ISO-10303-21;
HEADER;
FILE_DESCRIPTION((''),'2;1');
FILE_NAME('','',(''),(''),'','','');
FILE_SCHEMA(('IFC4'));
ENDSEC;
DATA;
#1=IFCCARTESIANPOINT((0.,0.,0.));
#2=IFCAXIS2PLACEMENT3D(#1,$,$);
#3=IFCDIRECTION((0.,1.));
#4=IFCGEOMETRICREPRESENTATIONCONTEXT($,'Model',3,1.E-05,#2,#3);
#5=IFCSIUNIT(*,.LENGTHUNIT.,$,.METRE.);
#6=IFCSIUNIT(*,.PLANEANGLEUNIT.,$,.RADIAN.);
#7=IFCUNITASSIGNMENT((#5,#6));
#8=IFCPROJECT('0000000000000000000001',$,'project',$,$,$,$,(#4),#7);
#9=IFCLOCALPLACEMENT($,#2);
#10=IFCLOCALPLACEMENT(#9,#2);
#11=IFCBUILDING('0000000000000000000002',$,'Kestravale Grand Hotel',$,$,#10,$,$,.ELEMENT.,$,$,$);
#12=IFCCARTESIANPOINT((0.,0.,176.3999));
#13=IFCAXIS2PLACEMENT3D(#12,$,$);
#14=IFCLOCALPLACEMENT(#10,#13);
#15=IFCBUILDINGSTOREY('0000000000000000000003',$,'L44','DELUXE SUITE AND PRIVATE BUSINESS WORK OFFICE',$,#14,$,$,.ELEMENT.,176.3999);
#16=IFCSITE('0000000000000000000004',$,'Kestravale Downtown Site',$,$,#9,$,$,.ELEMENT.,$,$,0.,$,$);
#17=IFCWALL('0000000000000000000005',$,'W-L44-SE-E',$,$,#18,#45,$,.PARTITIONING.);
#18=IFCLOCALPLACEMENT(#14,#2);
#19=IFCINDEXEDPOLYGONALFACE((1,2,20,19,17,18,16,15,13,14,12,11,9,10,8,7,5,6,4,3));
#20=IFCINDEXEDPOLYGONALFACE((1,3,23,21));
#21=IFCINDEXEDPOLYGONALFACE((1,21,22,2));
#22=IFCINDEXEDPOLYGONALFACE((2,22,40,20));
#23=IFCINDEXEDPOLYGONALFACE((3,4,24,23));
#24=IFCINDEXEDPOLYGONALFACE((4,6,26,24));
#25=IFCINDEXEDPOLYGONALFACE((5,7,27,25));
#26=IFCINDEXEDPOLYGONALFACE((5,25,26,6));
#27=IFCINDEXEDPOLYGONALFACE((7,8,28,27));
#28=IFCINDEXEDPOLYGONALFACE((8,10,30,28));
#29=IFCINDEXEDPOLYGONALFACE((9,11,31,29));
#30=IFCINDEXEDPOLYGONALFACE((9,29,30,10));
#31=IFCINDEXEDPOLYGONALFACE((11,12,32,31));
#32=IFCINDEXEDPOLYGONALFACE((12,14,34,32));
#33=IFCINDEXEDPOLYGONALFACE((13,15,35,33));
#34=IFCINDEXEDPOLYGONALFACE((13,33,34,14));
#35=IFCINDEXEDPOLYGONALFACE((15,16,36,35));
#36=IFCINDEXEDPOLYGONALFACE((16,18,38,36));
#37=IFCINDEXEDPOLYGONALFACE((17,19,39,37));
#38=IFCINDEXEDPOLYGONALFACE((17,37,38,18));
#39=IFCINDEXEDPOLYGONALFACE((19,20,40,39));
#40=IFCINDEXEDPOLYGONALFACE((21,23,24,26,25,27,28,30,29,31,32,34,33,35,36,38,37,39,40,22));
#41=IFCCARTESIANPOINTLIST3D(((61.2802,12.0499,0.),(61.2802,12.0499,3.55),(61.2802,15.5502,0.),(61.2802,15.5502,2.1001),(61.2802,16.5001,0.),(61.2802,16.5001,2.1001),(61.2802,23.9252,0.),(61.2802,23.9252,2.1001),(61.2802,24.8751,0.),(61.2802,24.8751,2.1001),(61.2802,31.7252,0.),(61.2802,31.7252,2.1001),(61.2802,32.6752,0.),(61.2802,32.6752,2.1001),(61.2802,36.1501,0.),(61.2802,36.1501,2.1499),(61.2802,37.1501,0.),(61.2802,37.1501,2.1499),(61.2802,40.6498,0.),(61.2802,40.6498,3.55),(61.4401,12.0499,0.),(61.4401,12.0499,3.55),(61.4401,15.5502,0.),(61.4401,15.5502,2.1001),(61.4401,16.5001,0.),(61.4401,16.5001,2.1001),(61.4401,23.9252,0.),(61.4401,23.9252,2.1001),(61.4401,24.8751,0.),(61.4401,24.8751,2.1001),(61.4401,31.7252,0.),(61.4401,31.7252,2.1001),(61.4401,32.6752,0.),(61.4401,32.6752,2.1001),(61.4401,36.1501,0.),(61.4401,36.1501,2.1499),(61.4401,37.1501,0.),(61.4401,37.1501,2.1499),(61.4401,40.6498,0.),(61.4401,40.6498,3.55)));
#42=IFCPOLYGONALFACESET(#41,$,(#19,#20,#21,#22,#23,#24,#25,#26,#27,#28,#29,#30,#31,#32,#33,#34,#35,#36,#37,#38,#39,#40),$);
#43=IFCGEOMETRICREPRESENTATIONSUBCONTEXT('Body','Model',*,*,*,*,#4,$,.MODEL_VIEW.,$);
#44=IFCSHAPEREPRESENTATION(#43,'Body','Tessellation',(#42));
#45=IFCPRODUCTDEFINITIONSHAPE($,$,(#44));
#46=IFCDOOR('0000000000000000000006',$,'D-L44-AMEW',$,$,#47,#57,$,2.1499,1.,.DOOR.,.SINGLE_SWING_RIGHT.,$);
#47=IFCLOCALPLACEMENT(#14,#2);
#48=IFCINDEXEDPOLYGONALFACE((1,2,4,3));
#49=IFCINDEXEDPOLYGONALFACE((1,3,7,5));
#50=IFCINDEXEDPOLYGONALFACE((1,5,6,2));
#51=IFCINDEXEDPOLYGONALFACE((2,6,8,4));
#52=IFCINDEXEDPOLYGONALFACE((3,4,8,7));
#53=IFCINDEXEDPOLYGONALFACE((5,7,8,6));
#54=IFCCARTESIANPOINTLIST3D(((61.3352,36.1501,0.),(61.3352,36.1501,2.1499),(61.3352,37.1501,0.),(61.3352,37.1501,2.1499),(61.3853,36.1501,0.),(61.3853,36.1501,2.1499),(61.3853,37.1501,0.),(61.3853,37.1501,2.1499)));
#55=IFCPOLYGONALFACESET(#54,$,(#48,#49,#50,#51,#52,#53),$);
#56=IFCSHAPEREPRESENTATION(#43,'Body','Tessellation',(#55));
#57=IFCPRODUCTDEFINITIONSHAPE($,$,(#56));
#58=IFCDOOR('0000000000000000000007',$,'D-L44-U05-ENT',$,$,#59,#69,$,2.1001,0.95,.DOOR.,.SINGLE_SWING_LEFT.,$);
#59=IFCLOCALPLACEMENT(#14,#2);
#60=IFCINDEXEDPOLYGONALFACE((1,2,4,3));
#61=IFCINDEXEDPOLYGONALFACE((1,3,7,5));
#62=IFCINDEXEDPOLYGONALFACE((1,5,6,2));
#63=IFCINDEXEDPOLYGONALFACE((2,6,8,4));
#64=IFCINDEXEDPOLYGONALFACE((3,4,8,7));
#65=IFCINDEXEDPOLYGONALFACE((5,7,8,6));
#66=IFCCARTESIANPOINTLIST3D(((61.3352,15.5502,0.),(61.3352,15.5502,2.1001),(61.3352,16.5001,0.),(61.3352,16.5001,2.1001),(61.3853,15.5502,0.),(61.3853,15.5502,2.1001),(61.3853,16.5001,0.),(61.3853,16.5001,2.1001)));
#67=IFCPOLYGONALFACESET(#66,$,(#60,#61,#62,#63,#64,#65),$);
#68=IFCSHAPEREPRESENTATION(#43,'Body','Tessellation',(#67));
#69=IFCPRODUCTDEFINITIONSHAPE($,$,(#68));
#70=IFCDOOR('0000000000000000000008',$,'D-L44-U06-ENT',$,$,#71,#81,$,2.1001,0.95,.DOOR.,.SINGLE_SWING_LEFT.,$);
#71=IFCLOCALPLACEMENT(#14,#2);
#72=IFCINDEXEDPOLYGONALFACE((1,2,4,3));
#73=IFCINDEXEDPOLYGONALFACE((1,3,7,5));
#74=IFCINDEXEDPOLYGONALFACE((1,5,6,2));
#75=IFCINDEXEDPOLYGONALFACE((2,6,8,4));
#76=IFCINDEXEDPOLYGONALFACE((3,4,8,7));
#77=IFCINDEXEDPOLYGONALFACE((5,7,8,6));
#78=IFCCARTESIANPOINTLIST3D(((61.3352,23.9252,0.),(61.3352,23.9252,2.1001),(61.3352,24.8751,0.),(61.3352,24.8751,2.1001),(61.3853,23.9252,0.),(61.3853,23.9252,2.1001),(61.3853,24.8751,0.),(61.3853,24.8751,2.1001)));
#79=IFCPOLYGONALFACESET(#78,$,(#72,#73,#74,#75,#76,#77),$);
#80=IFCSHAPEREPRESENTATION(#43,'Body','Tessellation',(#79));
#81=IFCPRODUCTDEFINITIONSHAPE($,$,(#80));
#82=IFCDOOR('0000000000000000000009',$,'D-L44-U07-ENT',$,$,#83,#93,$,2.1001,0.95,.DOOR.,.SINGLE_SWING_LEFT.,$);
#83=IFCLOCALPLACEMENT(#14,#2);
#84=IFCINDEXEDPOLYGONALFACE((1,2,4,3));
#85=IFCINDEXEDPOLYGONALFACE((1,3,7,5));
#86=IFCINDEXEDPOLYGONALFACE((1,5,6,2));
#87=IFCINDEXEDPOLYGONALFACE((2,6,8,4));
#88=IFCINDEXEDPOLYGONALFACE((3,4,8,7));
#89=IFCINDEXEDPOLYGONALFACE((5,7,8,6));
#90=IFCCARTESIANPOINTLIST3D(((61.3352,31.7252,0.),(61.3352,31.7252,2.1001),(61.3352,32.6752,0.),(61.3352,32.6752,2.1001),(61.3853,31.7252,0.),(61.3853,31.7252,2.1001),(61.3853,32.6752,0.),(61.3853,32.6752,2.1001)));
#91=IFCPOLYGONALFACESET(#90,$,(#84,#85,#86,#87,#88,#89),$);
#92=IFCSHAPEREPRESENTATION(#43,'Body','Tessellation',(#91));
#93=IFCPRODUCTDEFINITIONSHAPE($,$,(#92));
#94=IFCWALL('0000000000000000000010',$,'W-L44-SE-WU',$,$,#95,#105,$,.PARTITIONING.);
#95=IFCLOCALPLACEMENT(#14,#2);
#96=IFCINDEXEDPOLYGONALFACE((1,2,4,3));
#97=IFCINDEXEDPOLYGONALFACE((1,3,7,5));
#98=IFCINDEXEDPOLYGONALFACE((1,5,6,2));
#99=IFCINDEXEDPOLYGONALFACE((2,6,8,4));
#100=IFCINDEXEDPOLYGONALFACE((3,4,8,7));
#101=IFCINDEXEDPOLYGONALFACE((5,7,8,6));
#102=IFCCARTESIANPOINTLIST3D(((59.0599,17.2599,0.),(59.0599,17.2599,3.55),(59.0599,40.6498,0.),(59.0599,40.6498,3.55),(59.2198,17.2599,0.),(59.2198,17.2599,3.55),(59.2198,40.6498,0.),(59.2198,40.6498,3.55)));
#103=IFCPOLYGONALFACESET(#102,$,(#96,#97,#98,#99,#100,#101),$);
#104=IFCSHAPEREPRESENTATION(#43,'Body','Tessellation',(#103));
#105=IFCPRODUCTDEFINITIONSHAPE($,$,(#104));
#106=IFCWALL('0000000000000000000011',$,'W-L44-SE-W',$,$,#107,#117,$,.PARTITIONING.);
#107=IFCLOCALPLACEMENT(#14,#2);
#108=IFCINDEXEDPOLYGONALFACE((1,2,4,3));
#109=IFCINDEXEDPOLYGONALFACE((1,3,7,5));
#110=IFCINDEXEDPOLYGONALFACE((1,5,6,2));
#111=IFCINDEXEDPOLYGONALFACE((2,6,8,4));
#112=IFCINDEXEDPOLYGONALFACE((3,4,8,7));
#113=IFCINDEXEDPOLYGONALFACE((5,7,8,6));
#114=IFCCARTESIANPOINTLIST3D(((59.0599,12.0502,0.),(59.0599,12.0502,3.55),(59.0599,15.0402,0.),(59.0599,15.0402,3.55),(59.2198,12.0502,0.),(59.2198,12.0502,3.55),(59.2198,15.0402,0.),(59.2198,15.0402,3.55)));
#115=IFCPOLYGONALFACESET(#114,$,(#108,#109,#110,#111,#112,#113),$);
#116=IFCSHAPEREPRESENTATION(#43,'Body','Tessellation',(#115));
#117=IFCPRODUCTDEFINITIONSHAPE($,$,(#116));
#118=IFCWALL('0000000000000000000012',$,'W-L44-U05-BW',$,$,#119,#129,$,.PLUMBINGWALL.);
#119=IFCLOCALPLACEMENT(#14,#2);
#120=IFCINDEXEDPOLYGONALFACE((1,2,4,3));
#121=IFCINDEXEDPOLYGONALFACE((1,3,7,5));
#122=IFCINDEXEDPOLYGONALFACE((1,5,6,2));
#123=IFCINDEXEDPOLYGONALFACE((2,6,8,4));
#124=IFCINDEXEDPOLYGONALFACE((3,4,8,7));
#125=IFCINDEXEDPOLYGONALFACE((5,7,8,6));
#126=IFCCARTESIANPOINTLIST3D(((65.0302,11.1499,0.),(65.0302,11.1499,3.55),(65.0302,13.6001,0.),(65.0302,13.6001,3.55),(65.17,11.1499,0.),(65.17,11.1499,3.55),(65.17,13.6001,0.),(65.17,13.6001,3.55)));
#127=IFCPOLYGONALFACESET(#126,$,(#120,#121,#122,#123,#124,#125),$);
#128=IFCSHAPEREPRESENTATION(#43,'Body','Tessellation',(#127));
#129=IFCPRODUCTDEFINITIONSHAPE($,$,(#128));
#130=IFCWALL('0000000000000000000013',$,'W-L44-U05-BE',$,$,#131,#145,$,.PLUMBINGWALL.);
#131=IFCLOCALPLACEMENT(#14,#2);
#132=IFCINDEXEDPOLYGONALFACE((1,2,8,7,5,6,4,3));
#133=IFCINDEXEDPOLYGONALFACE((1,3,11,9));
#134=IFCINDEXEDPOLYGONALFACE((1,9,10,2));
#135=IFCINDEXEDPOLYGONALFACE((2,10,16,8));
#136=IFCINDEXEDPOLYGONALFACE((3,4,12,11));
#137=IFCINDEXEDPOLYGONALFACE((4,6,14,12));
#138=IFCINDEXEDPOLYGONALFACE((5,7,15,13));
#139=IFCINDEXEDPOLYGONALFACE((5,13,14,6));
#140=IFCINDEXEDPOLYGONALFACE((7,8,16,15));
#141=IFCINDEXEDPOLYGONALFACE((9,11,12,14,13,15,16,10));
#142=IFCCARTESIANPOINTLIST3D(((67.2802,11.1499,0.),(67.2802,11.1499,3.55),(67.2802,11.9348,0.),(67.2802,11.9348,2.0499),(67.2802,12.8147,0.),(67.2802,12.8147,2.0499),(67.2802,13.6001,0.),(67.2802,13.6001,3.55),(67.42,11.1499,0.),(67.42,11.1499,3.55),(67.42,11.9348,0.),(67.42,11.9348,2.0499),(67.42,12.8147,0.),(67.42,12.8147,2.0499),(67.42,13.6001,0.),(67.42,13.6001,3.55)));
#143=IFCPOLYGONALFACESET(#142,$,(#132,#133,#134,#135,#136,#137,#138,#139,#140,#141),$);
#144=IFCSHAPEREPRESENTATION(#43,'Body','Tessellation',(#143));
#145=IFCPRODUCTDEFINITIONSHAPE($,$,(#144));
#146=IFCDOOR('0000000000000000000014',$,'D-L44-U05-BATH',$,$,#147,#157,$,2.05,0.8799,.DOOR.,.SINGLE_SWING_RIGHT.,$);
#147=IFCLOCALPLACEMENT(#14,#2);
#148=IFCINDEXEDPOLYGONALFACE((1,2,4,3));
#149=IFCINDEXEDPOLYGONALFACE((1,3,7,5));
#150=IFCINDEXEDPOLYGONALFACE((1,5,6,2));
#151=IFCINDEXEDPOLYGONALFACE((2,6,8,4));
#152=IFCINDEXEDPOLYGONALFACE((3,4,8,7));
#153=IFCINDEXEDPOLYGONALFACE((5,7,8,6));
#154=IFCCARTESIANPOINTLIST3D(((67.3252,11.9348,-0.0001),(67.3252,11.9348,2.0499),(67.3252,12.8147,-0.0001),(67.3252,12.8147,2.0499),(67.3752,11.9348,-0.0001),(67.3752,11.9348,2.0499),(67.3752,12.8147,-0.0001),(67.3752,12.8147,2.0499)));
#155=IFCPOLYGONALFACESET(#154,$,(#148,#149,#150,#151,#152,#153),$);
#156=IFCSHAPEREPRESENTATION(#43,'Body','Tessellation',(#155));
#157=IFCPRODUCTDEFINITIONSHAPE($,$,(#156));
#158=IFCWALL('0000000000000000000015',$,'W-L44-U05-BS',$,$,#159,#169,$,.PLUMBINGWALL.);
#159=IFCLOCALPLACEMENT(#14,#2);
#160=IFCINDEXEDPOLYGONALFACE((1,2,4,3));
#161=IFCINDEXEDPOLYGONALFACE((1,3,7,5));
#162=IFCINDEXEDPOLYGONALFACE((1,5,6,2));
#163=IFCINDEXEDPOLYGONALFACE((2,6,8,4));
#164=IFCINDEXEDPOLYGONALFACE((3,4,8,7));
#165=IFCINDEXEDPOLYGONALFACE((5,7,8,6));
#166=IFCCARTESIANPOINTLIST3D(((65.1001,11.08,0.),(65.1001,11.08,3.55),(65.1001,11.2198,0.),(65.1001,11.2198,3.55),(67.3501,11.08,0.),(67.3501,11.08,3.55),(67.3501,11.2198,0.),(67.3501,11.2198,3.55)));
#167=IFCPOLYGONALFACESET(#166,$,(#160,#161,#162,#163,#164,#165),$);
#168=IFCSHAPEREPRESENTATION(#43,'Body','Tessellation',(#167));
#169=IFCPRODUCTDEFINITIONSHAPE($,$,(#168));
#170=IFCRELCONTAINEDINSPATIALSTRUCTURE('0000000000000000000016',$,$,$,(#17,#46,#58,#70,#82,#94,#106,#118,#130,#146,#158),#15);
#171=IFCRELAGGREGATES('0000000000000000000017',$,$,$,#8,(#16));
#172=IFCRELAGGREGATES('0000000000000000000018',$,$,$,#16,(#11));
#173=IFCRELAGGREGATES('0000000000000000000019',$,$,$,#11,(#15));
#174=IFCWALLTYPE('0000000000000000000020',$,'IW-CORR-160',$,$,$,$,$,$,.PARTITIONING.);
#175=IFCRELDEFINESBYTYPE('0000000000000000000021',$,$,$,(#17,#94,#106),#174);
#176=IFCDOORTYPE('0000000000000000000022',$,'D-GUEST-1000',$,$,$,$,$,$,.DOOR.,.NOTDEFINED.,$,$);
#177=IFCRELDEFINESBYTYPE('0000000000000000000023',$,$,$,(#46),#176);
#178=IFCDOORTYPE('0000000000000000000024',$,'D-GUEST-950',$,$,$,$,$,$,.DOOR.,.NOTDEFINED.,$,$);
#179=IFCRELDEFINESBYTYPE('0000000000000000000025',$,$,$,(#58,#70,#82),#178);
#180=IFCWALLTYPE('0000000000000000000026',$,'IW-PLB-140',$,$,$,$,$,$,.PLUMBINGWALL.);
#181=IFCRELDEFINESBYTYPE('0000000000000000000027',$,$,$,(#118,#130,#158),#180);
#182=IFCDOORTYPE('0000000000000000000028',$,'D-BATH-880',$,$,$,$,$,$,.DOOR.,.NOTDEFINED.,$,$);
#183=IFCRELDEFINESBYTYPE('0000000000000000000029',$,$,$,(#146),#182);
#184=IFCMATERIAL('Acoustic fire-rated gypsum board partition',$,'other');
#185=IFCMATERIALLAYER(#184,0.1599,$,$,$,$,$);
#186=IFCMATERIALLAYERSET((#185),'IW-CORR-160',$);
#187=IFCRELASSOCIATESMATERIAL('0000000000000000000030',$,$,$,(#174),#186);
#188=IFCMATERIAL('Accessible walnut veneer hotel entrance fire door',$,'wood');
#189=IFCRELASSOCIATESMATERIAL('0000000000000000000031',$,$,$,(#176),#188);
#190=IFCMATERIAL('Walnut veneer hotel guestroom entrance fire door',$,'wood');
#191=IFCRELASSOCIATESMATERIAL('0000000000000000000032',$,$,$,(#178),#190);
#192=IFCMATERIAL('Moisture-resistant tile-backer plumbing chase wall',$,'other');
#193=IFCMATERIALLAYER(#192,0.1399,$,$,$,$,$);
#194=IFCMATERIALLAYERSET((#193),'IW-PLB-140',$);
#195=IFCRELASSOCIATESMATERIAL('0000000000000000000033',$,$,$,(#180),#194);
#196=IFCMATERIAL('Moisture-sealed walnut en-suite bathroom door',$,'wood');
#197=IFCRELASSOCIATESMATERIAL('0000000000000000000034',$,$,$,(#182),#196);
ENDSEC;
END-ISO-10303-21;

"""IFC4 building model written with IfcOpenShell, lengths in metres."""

from ifc_helpers import new_model, si_unit, direction, frame, frame_2d, origin, place, context, subcontext, project, spatial, rectangle, extrude, material, layer, layer_set, type_object, element, fill, save


model = new_model("IFC4")

# Units and contexts
model_context = context("Model", 3, precision=1e-05, world=origin(), true_north=direction((0.0, 1.0)))
body_context = subcontext(model_context, "Body", "Model", "MODEL_VIEW")
ifc_project = project(units=[si_unit("LENGTHUNIT", "METRE"), si_unit("PLANEANGLEUNIT", "RADIAN")], contexts=[model_context])

# Site, building, storey
site_placement = place(None, origin())
site = spatial("IfcSite", under=ifc_project, at=site_placement, Name="Kestravale Downtown Site", CompositionType="ELEMENT", RefElevation=0.0)
building_placement = place(site_placement, origin())
building = spatial("IfcBuilding", under=site, at=building_placement, Name="Kestravale Grand Hotel", CompositionType="ELEMENT")
storey_placement = place(building_placement, frame((0.0, 0.0, 176.3999)))
storey = spatial("IfcBuildingStorey", under=building, at=storey_placement, Name="L44", Description="DELUXE SUITE AND PRIVATE BUSINESS WORK OFFICE", CompositionType="ELEMENT", Elevation=176.3999)

# Wall, openings, doors
ifc_material_1 = material(Name="Acoustic fire-rated gypsum board partition", Category="other")
ifc_layer_1 = layer(ifc_material_1, 0.1599)
ifc_layer_set_1 = layer_set([ifc_layer_1], Name="IW-CORR-160")
wall_type_1 = type_object("IfcWallType", Name="IW-CORR-160", PredefinedType="PARTITIONING", material=ifc_layer_set_1)
wall_1_placement = place(storey_placement, frame((61.3601, 12.05, 0.0), z_axis=(0.0, 0.0, 1.0), x_axis=(0.0, 1.0, 0.0)))
wall_1 = element("IfcWall", 1, at=wall_1_placement, inside=storey, type_object=wall_type_1, Name="W-L44-SE-E", PredefinedType="PARTITIONING", context=body_context, shape_type="SweptSolid", body=[
    extrude(rectangle(XDim=28.5999, YDim=0.1599, at=frame_2d((14.2998, 0.0))), origin(), (0.0, 0.0, 1.0), 3.55),
])
opening_1_placement = place(wall_1_placement, frame((3.5, 0.0, 0.0)))
opening_1 = element("IfcOpeningElement", 2, at=opening_1_placement, cuts=wall_1, PredefinedType="OPENING", context=body_context, shape_type="SweptSolid", body=[
    extrude(rectangle(XDim=0.95, YDim=2.1001, at=frame_2d((0.4751, 1.05))), frame((0.0, 0.0898, 0.0), z_axis=(0.0, -1.0, 0.0), x_axis=(1.0, 0.0, 0.0)), (0.0, 0.0, 1.0), 0.1799),
])
opening_2_placement = place(wall_1_placement, frame((11.875, 0.0, 0.0)))
opening_2 = element("IfcOpeningElement", 3, at=opening_2_placement, cuts=wall_1, PredefinedType="OPENING", context=body_context, shape_type="SweptSolid", body=[
    extrude(rectangle(XDim=0.95, YDim=2.1001, at=frame_2d((0.4751, 1.05))), frame((0.0, 0.0898, 0.0), z_axis=(0.0, -1.0, 0.0), x_axis=(1.0, 0.0, 0.0)), (0.0, 0.0, 1.0), 0.1799),
])
opening_3_placement = place(wall_1_placement, frame((19.675, 0.0, 0.0)))
opening_3 = element("IfcOpeningElement", 4, at=opening_3_placement, cuts=wall_1, PredefinedType="OPENING", context=body_context, shape_type="SweptSolid", body=[
    extrude(rectangle(XDim=0.95, YDim=2.1001, at=frame_2d((0.4751, 1.05))), frame((0.0, 0.0898, 0.0), z_axis=(0.0, -1.0, 0.0), x_axis=(1.0, 0.0, 0.0)), (0.0, 0.0, 1.0), 0.1799),
])
opening_4_placement = place(wall_1_placement, frame((24.1001, 0.0, 0.0)))
opening_4 = element("IfcOpeningElement", 5, at=opening_4_placement, cuts=wall_1, PredefinedType="OPENING", context=body_context, shape_type="SweptSolid", body=[
    extrude(rectangle(XDim=1.0, YDim=2.1499, at=frame_2d((0.5, 1.075))), frame((0.0, 0.0898, 0.0), z_axis=(0.0, -1.0, 0.0), x_axis=(1.0, 0.0, 0.0)), (0.0, 0.0, 1.0), 0.1799),
])
ifc_material_2 = material(Name="Accessible walnut veneer hotel entrance fire door", Category="wood")
door_type_1 = type_object("IfcDoorType", Name="D-GUEST-1000", OperationType="NOTDEFINED", PredefinedType="DOOR", material=ifc_material_2)
door_1_placement = place(opening_4_placement, origin())
door_1 = element("IfcDoor", 6, at=door_1_placement, inside=storey, type_object=door_type_1, Name="D-L44-AMEW", OperationType="SINGLE_SWING_RIGHT", OverallHeight=2.1499, OverallWidth=1.0, PredefinedType="DOOR", context=body_context, shape_type="SweptSolid", body=[
    extrude(rectangle(XDim=1.0, YDim=2.1499, at=frame_2d((0.5, 1.075))), frame((0.0, 0.0249, 0.0), z_axis=(0.0, -1.0, 0.0), x_axis=(1.0, 0.0, 0.0)), (0.0, 0.0, 1.0), 0.05),
])
fill(opening_4, door_1)
ifc_material_3 = material(Name="Walnut veneer hotel guestroom entrance fire door", Category="wood")
door_type_2 = type_object("IfcDoorType", Name="D-GUEST-950", OperationType="NOTDEFINED", PredefinedType="DOOR", material=ifc_material_3)
door_2_placement = place(opening_1_placement, origin())
door_2 = element("IfcDoor", 7, at=door_2_placement, inside=storey, type_object=door_type_2, Name="D-L44-U05-ENT", OperationType="SINGLE_SWING_LEFT", OverallHeight=2.1001, OverallWidth=0.95, PredefinedType="DOOR", context=body_context, shape_type="SweptSolid", body=[
    extrude(rectangle(XDim=0.95, YDim=2.1001, at=frame_2d((0.4751, 1.05))), frame((0.0, 0.0249, 0.0), z_axis=(0.0, -1.0, 0.0), x_axis=(1.0, 0.0, 0.0)), (0.0, 0.0, 1.0), 0.05),
])
fill(opening_1, door_2)
door_3_placement = place(opening_2_placement, origin())
door_3 = element("IfcDoor", 8, at=door_3_placement, inside=storey, type_object=door_type_2, Name="D-L44-U06-ENT", OperationType="SINGLE_SWING_LEFT", OverallHeight=2.1001, OverallWidth=0.95, PredefinedType="DOOR", context=body_context, shape_type="SweptSolid", body=[
    extrude(rectangle(XDim=0.95, YDim=2.1001, at=frame_2d((0.4751, 1.05))), frame((0.0, 0.0249, 0.0), z_axis=(0.0, -1.0, 0.0), x_axis=(1.0, 0.0, 0.0)), (0.0, 0.0, 1.0), 0.05),
])
fill(opening_2, door_3)
door_4_placement = place(opening_3_placement, origin())
door_4 = element("IfcDoor", 9, at=door_4_placement, inside=storey, type_object=door_type_2, Name="D-L44-U07-ENT", OperationType="SINGLE_SWING_LEFT", OverallHeight=2.1001, OverallWidth=0.95, PredefinedType="DOOR", context=body_context, shape_type="SweptSolid", body=[
    extrude(rectangle(XDim=0.95, YDim=2.1001, at=frame_2d((0.4751, 1.05))), frame((0.0, 0.0249, 0.0), z_axis=(0.0, -1.0, 0.0), x_axis=(1.0, 0.0, 0.0)), (0.0, 0.0, 1.0), 0.05),
])
fill(opening_3, door_4)

# Walls
wall_2_placement = place(storey_placement, frame((59.1399, 17.26, 0.0), z_axis=(0.0, 0.0, 1.0), x_axis=(0.0, 1.0, 0.0)))
element("IfcWall", 10, at=wall_2_placement, inside=storey, type_object=wall_type_1, Name="W-L44-SE-WU", PredefinedType="PARTITIONING", context=body_context, shape_type="SweptSolid", body=[
    extrude(rectangle(XDim=23.3899, YDim=0.1599, at=frame_2d((11.6948, 0.0))), origin(), (0.0, 0.0, 1.0), 3.55),
])
wall_3_placement = place(storey_placement, frame((59.1399, 12.05, 0.0), z_axis=(0.0, 0.0, 1.0), x_axis=(0.0, 1.0, 0.0)))
element("IfcWall", 11, at=wall_3_placement, inside=storey, type_object=wall_type_1, Name="W-L44-SE-W", PredefinedType="PARTITIONING", context=body_context, shape_type="SweptSolid", body=[
    extrude(rectangle(XDim=2.99, YDim=0.1599, at=frame_2d((1.4951, 0.0))), origin(), (0.0, 0.0, 1.0), 3.55),
])
ifc_material_4 = material(Name="Moisture-resistant tile-backer plumbing chase wall", Category="other")
ifc_layer_2 = layer(ifc_material_4, 0.1399)
ifc_layer_set_2 = layer_set([ifc_layer_2], Name="IW-PLB-140")
wall_type_2 = type_object("IfcWallType", Name="IW-PLB-140", PredefinedType="PLUMBINGWALL", material=ifc_layer_set_2)
wall_4_placement = place(storey_placement, frame((65.1001, 11.1499, 0.0), z_axis=(0.0, 0.0, 1.0), x_axis=(0.0, 1.0, 0.0)))
element("IfcWall", 12, at=wall_4_placement, inside=storey, type_object=wall_type_2, Name="W-L44-U05-BW", PredefinedType="PLUMBINGWALL", context=body_context, shape_type="SweptSolid", body=[
    extrude(rectangle(XDim=2.4502, YDim=0.1399, at=frame_2d((1.2251, 0.0))), origin(), (0.0, 0.0, 1.0), 3.55),
])

# Wall, opening, door
wall_5_placement = place(storey_placement, frame((67.3501, 11.1499, 0.0), z_axis=(0.0, 0.0, 1.0), x_axis=(0.0, 1.0, 0.0)))
wall_5 = element("IfcWall", 13, at=wall_5_placement, inside=storey, type_object=wall_type_2, Name="W-L44-U05-BE", PredefinedType="PLUMBINGWALL", context=body_context, shape_type="SweptSolid", body=[
    extrude(rectangle(XDim=2.4502, YDim=0.1399, at=frame_2d((1.2251, 0.0))), origin(), (0.0, 0.0, 1.0), 3.55),
])
opening_5_placement = place(wall_5_placement, frame((0.7849, 0.0, 0.0)))
opening_5 = element("IfcOpeningElement", 14, at=opening_5_placement, cuts=wall_5, PredefinedType="OPENING", context=body_context, shape_type="SweptSolid", body=[
    extrude(rectangle(XDim=0.8799, YDim=2.05, at=frame_2d((0.4399, 1.0249))), frame((0.0, 0.0798, 0.0), z_axis=(0.0, -1.0, 0.0), x_axis=(1.0, 0.0, 0.0)), (0.0, 0.0, 1.0), 0.1599),
])
ifc_material_5 = material(Name="Moisture-sealed walnut en-suite bathroom door", Category="wood")
door_type_3 = type_object("IfcDoorType", Name="D-BATH-880", OperationType="NOTDEFINED", PredefinedType="DOOR", material=ifc_material_5)
door_5_placement = place(opening_5_placement, origin())
door_5 = element("IfcDoor", 15, at=door_5_placement, inside=storey, type_object=door_type_3, Name="D-L44-U05-BATH", OperationType="SINGLE_SWING_RIGHT", OverallHeight=2.05, OverallWidth=0.8799, PredefinedType="DOOR", context=body_context, shape_type="SweptSolid", body=[
    extrude(rectangle(XDim=0.8799, YDim=2.05, at=frame_2d((0.4399, 1.0249))), frame((0.0, 0.0249, 0.0), z_axis=(0.0, -1.0, 0.0), x_axis=(1.0, 0.0, 0.0)), (0.0, 0.0, 1.0), 0.05),
])
fill(opening_5, door_5)

# Wall
for number, where, z_axis, x_axis, name in (
    (16, (65.1001, 11.1499, 0.0), (0.0, 0.0, 1.0), (1.0, 0.0, 0.0), "W-L44-U05-BS"),
):
    element("IfcWall", number, at=place(storey_placement, frame(where, z_axis=z_axis, x_axis=x_axis)), inside=storey, type_object=wall_type_2, Name=name, PredefinedType="PLUMBINGWALL", context=body_context, shape_type="SweptSolid", body=[
        extrude(rectangle(XDim=2.25, YDim=0.1399, at=frame_2d((1.125, 0.0))), origin(), (0.0, 0.0, 1.0), 3.55),
    ])

save(model, "model.ifc")
